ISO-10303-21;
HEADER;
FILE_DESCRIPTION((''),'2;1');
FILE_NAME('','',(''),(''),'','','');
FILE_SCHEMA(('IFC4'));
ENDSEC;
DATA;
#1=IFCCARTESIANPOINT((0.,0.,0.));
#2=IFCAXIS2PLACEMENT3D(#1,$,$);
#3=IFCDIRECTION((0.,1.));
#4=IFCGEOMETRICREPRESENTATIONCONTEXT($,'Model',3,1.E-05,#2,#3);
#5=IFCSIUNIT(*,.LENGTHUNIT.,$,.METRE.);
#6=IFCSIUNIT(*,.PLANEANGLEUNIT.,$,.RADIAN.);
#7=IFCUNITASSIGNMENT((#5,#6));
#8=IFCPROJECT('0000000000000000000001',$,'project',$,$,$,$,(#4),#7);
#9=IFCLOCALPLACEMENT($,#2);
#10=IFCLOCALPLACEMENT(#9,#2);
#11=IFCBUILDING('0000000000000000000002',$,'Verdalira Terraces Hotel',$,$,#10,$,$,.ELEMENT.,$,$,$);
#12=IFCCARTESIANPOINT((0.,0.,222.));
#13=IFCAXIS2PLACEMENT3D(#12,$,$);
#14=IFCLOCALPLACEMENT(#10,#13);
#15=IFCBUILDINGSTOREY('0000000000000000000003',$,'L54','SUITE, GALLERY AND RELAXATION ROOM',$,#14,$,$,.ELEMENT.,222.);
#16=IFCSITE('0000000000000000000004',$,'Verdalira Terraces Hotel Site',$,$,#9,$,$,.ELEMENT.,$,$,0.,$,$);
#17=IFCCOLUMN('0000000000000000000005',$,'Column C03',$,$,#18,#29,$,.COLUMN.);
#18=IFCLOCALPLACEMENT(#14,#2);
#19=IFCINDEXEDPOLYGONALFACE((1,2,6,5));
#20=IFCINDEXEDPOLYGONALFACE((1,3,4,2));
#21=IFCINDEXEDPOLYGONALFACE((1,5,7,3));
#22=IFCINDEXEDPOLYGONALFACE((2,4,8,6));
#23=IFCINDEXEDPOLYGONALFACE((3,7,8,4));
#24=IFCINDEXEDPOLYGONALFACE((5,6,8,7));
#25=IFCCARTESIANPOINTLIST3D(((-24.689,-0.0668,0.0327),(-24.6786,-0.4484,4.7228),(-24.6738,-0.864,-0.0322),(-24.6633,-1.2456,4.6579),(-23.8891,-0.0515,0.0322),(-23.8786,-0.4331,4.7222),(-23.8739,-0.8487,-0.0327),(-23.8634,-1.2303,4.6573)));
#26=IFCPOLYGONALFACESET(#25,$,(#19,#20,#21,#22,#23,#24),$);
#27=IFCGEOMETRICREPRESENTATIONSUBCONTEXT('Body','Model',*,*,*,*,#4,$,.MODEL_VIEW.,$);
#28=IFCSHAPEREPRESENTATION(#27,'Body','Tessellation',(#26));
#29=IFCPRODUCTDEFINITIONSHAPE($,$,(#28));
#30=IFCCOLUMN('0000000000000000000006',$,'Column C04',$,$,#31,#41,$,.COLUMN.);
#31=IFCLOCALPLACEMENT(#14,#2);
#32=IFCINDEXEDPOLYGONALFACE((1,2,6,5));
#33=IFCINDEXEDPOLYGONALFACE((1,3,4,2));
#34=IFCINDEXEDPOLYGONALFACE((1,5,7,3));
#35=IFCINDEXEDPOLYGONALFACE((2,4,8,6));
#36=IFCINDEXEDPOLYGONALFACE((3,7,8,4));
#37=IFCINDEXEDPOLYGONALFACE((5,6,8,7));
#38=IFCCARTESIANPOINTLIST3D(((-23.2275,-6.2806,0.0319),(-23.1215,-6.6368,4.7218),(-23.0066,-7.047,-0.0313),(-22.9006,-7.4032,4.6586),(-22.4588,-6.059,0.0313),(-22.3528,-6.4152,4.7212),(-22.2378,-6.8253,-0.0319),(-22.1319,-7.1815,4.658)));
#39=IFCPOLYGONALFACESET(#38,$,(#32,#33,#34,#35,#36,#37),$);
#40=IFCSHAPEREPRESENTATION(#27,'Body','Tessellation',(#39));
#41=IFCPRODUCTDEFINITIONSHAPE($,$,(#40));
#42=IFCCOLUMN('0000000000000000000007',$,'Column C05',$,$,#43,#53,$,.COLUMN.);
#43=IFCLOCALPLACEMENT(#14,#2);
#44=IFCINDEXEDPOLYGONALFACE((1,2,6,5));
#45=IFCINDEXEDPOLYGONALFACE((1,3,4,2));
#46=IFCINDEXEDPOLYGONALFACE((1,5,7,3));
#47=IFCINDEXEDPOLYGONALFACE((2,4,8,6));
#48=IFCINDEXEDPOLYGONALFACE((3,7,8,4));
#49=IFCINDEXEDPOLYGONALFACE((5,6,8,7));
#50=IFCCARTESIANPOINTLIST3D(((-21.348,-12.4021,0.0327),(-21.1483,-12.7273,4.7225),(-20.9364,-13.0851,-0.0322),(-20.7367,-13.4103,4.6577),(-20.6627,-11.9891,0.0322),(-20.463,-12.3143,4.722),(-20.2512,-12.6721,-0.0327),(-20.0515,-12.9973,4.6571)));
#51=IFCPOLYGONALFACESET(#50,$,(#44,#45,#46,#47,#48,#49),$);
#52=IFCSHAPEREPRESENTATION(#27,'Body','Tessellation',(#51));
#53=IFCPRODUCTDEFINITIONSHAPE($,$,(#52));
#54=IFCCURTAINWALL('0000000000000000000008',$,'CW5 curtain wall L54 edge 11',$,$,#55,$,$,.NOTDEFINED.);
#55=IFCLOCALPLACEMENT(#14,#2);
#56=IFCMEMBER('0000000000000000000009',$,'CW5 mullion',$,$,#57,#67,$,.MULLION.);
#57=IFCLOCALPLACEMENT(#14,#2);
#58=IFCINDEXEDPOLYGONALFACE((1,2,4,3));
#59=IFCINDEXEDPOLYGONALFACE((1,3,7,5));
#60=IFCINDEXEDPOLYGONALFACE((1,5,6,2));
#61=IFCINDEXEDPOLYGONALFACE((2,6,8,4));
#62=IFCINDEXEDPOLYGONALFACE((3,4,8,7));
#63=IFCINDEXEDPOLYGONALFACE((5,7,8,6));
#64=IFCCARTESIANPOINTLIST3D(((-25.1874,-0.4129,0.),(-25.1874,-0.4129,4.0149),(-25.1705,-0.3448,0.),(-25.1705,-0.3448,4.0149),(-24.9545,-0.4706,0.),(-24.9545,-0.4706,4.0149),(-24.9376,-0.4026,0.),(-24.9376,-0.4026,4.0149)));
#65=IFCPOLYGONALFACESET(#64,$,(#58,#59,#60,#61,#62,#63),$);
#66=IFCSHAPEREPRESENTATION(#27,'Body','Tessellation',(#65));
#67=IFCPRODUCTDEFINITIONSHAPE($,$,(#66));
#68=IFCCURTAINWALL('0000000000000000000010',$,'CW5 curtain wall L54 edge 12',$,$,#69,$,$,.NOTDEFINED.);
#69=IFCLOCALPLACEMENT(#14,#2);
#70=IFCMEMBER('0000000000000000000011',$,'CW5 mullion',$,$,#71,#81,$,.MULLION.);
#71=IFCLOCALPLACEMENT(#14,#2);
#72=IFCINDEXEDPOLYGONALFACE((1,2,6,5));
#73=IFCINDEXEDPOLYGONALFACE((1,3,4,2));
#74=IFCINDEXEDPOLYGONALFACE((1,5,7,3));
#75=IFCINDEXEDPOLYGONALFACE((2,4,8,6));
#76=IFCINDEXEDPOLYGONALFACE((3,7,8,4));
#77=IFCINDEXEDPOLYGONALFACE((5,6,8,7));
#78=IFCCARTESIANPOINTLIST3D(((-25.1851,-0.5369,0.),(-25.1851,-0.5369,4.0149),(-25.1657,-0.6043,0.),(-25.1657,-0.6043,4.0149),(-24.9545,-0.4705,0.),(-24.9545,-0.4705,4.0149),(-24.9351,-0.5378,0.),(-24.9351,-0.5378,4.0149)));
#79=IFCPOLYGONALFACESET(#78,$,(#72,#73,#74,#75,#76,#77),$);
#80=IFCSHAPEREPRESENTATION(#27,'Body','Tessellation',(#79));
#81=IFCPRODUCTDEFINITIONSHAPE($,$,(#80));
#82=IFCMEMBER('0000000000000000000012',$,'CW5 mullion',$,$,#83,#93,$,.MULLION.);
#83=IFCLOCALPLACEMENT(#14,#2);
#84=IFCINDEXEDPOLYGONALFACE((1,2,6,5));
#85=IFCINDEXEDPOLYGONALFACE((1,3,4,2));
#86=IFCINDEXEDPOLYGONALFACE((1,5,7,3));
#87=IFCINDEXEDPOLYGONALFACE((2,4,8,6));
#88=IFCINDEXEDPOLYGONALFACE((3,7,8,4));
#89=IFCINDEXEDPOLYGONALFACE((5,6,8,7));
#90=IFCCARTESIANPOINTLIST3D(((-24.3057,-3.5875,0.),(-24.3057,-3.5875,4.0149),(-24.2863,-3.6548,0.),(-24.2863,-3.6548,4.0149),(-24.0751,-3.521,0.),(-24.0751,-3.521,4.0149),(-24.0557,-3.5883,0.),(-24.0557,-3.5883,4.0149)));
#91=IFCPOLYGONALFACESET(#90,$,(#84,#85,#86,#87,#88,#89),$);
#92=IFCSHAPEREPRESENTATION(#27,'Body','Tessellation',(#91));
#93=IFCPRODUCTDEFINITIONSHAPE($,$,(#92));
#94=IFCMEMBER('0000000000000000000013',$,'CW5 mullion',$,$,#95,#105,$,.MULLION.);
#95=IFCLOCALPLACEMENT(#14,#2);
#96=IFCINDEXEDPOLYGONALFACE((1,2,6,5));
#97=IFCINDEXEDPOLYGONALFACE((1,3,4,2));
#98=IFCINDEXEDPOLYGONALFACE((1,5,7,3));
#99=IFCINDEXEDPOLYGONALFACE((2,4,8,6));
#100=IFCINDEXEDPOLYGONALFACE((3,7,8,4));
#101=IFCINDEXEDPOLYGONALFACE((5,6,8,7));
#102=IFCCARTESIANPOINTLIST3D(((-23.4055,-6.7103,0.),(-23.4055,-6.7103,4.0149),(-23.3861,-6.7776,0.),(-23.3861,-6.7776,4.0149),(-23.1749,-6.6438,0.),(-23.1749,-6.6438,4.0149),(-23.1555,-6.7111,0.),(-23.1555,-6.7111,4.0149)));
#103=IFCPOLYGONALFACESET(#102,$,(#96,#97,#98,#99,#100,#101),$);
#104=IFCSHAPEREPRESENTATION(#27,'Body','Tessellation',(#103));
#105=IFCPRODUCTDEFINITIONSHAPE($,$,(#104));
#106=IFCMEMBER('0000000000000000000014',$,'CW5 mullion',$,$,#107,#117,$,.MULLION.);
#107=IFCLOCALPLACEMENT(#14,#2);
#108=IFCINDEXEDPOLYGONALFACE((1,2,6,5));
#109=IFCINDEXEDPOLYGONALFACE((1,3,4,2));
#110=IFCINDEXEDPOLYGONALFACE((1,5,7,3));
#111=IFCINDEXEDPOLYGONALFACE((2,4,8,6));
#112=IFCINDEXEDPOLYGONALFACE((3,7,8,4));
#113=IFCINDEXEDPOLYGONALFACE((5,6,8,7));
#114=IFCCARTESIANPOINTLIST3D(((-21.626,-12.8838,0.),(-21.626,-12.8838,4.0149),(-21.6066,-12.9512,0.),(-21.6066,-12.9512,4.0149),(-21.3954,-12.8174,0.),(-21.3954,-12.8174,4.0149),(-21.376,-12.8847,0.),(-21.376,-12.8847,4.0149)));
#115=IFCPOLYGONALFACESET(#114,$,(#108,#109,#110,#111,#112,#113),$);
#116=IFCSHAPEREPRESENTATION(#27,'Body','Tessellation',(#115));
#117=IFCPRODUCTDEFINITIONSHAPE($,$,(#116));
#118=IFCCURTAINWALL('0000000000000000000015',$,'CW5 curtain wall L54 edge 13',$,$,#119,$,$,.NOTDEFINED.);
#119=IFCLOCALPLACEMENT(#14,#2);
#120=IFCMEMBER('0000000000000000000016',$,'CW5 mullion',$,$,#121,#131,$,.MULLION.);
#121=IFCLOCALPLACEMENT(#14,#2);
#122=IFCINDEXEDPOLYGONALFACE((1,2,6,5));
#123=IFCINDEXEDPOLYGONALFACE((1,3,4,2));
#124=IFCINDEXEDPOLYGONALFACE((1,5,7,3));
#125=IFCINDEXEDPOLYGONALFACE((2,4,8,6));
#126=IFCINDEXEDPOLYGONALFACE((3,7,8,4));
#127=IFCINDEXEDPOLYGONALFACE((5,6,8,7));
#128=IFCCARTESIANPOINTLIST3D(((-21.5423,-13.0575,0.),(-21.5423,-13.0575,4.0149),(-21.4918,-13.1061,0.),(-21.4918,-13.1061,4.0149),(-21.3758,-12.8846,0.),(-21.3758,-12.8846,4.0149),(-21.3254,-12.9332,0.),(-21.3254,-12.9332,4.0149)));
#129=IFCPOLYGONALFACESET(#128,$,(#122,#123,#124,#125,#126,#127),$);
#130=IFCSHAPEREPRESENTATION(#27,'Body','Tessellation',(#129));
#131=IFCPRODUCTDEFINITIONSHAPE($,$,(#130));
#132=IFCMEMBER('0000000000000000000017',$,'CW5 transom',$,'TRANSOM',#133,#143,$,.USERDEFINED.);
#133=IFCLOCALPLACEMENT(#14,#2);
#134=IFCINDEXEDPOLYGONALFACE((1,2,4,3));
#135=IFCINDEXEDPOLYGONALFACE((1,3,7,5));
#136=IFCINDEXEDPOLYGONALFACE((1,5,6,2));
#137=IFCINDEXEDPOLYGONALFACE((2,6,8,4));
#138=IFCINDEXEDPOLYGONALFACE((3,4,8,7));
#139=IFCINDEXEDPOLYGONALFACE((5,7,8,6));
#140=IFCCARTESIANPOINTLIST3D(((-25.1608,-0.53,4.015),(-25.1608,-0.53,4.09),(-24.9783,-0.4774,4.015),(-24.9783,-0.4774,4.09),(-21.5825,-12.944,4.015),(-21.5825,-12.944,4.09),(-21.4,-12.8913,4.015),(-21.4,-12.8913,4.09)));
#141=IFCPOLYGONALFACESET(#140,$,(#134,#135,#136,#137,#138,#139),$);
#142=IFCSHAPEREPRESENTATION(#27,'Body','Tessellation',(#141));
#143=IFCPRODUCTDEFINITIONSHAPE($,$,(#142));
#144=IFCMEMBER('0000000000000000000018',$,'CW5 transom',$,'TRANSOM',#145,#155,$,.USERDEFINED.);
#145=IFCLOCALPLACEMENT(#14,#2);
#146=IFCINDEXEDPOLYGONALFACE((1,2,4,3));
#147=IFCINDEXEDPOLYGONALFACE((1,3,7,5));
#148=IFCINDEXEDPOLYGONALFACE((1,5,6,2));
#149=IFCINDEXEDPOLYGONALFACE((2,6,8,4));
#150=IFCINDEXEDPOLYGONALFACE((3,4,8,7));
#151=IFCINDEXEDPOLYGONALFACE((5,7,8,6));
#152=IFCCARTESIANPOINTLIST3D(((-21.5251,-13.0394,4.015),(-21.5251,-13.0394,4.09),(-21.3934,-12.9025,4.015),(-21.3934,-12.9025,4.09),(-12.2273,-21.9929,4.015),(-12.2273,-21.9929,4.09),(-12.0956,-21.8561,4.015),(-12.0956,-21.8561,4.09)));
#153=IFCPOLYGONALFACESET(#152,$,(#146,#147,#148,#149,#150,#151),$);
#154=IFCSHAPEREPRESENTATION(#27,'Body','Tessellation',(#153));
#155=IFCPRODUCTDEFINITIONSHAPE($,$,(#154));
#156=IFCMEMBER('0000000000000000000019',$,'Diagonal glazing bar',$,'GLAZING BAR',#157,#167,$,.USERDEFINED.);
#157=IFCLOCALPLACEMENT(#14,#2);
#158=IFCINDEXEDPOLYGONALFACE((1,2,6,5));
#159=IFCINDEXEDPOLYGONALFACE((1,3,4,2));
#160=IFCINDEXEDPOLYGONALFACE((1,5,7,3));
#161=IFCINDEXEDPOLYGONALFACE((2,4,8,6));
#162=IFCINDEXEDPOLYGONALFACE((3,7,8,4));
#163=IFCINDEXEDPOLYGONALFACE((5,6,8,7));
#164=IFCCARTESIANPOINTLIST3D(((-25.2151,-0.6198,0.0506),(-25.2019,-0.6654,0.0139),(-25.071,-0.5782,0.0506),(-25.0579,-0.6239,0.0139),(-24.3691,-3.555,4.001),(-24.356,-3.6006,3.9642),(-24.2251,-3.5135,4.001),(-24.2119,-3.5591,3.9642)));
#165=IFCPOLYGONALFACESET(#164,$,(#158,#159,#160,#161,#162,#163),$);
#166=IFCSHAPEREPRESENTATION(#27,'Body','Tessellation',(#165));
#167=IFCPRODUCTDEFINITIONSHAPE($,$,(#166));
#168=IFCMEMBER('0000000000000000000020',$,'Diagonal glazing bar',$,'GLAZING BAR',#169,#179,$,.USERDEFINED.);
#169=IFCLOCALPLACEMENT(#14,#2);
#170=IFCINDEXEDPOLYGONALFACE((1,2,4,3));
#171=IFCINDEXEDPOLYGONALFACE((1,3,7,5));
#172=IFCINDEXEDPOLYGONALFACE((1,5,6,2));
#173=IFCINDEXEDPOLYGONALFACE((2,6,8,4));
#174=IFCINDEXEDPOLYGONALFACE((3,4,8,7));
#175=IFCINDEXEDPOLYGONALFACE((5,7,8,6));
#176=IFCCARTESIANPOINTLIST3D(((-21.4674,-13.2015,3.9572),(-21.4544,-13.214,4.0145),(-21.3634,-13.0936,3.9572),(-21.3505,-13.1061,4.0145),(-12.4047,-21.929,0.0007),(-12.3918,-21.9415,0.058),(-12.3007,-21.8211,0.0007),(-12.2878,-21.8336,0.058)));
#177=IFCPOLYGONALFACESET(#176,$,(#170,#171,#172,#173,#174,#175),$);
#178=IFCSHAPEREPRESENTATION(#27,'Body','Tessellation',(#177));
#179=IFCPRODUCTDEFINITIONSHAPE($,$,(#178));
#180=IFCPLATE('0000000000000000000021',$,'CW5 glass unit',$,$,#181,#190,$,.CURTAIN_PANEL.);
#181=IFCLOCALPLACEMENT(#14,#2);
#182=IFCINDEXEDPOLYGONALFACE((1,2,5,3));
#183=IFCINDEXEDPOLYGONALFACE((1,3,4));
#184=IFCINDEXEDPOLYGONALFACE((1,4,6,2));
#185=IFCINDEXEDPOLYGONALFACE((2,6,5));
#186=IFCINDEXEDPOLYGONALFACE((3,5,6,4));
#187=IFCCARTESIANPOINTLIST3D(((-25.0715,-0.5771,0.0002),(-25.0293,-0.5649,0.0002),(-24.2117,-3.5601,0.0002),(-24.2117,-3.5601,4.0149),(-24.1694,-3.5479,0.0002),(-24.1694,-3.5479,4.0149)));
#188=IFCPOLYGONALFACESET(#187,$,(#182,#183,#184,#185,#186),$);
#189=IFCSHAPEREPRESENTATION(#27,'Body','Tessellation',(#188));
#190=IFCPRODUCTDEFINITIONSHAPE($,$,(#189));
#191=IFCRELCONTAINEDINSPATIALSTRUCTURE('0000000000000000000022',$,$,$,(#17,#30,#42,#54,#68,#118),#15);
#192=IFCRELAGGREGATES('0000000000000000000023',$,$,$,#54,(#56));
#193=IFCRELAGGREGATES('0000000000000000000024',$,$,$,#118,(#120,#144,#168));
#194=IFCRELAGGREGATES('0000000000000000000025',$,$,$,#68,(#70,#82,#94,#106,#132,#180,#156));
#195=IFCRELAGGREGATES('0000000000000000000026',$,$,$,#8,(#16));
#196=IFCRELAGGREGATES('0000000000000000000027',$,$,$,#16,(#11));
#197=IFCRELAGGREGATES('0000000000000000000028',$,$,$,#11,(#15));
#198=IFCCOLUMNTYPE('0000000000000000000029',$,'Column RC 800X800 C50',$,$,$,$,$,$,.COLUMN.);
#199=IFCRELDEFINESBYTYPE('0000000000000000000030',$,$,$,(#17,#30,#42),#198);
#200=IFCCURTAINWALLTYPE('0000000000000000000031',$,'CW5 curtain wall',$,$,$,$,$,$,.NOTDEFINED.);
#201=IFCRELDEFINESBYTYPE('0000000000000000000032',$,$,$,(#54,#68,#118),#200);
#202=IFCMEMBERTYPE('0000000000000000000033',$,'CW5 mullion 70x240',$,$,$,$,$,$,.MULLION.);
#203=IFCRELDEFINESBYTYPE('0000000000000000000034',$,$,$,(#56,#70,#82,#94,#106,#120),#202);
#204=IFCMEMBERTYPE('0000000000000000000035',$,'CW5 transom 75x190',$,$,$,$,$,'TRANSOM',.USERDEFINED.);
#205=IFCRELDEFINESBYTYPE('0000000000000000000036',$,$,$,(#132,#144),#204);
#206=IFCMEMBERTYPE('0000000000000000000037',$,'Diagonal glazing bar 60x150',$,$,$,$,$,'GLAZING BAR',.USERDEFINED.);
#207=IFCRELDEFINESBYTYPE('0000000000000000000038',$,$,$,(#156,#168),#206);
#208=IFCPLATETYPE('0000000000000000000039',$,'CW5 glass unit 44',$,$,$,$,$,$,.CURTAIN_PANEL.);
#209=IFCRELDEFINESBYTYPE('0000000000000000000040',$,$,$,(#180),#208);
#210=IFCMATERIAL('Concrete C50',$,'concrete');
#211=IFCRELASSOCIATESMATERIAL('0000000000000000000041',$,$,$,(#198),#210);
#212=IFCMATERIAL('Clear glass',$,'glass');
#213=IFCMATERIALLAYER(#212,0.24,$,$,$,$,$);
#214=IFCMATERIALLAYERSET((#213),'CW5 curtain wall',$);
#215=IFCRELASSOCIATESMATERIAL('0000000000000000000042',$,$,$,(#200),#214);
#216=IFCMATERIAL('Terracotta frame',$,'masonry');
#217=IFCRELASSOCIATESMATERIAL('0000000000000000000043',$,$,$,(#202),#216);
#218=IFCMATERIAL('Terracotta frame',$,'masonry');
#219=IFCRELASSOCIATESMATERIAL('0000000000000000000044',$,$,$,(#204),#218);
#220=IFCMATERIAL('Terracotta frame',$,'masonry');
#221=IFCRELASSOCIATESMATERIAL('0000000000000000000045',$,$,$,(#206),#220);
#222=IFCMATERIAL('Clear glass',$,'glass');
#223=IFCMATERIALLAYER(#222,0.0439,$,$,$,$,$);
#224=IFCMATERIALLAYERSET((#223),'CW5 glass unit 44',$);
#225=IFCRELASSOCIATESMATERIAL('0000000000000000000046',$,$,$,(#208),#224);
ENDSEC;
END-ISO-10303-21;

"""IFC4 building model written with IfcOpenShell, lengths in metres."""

from ifc_helpers import new_model, si_unit, direction, frame, origin, origin_2d, place, context, subcontext, project, spatial, polyline, rectangle, outline, extrude, material, layer, layer_set, material_profile, profile_set, type_object, element, aggregate, save


model = new_model("IFC4")

# Units and contexts
model_context = context("Model", 3, precision=1e-05, world=origin(), true_north=direction((0.0, 1.0)))
body_context = subcontext(model_context, "Body", "Model", "MODEL_VIEW")
ifc_project = project(units=[si_unit("LENGTHUNIT", "METRE"), si_unit("PLANEANGLEUNIT", "RADIAN")], contexts=[model_context])

# Site, building, storey
site_placement = place(None, origin())
site = spatial("IfcSite", under=ifc_project, at=site_placement, Name="Verdalira Terraces Hotel Site", CompositionType="ELEMENT", RefElevation=0.0)
building_placement = place(site_placement, origin())
building = spatial("IfcBuilding", under=site, at=building_placement, Name="Verdalira Terraces Hotel", CompositionType="ELEMENT")
storey_placement = place(building_placement, frame((0.0, 0.0, 222.0)))
storey = spatial("IfcBuildingStorey", under=building, at=storey_placement, Name="L54", Description="SUITE, GALLERY AND RELAXATION ROOM", CompositionType="ELEMENT", Elevation=222.0)

# Columns
ifc_material_1 = material(Name="Concrete C50", Category="concrete")
ifc_material_profile_1 = material_profile(ifc_material_1, rectangle(XDim=0.8, YDim=0.8, at=origin_2d()), Name="RC 800X800")
ifc_profile_set_1 = profile_set([ifc_material_profile_1], Name="Concrete C50")
column_type = type_object("IfcColumnType", Name="Column RC 800X800 C50", PredefinedType="COLUMN", material=ifc_profile_set_1)
column_1_placement = place(storey_placement, frame((-24.2815, -0.4578, 0.0), z_axis=(0.002231, -0.081096, 0.996704), x_axis=(-0.019007, 0.996523, 0.081124)))
element("IfcColumn", 1, at=column_1_placement, inside=storey, type_object=column_type, Name="Column C03", PredefinedType="COLUMN", context=body_context, shape_type="SweptSolid", body=[
    extrude(rectangle(XDim=0.8, YDim=0.8, at=origin_2d()), origin(), (0.0, 0.0, 1.0), 4.7056),
])
column_2_placement = place(storey_placement, frame((-22.7327, -6.553, 0.0), z_axis=(0.022522, -0.075713, 0.996875), x_axis=(0.276161, -0.95786, -0.078989)))
element("IfcColumn", 2, at=column_2_placement, inside=storey, type_object=column_type, Name="Column C04", PredefinedType="COLUMN", context=body_context, shape_type="SweptSolid", body=[
    extrude(rectangle(XDim=0.8, YDim=0.8, at=origin_2d()), origin(), (0.0, 0.0, 1.0), 4.7046),
])
column_3_placement = place(storey_placement, frame((-20.7996, -12.5371, 0.0), z_axis=(0.042442, -0.06911, 0.996706), x_axis=(-0.514407, 0.853703, 0.081099)))
element("IfcColumn", 3, at=column_3_placement, inside=storey, type_object=column_type, Name="Column C05", PredefinedType="COLUMN", context=body_context, shape_type="SweptSolid", body=[
    extrude(rectangle(XDim=0.8, YDim=0.8, at=origin_2d()), origin(), (0.0, 0.0, 1.0), 4.7053),
])

# Curtain wall, member
ifc_material_2 = material(Name="Clear glass", Category="glass")
ifc_layer_1 = layer(ifc_material_2, 0.24)
ifc_layer_set_1 = layer_set([ifc_layer_1], Name="CW5 curtain wall")
curtain_wall_type = type_object("IfcCurtainWallType", Name="CW5 curtain wall", PredefinedType="NOTDEFINED", material=ifc_layer_set_1)
curtain_wall_1_placement = place(storey_placement, origin())
curtain_wall_1 = element("IfcCurtainWall", 4, at=curtain_wall_1_placement, inside=storey, type_object=curtain_wall_type, Name="CW5 curtain wall L54 edge 11", PredefinedType="NOTDEFINED")
ifc_material_3 = material(Name="Terracotta frame", Category="masonry")
ifc_material_profile_2 = material_profile(ifc_material_3, rectangle(XDim=0.0701, YDim=0.24, at=origin_2d()), Name="MU 70x240")
ifc_profile_set_2 = profile_set([ifc_material_profile_2], Name="Terracotta frame")
member_type_1 = type_object("IfcMemberType", Name="CW5 mullion 70x240", PredefinedType="MULLION", material=ifc_profile_set_2)
member_1_placement = place(storey_placement, frame((-25.0625, -0.4077, 0.0), z_axis=(0.0, 0.0, 1.0), x_axis=(-0.240567, -0.970633, 0.0)))
member_1 = element("IfcMember", 5, at=member_1_placement, type_object=member_type_1, Name="CW5 mullion", PredefinedType="MULLION", context=body_context, shape_type="SweptSolid", body=[
    extrude(rectangle(XDim=0.0701, YDim=0.24, at=origin_2d()), origin(), (0.0, 0.0, 1.0), 4.0149),
])
aggregate(curtain_wall_1, [member_1])

# Curtain wall, members
curtain_wall_2_placement = place(storey_placement, origin())
curtain_wall_2 = element("IfcCurtainWall", 6, at=curtain_wall_2_placement, inside=storey, type_object=curtain_wall_type, Name="CW5 curtain wall L54 edge 12", PredefinedType="NOTDEFINED")
member_2_placement = place(storey_placement, frame((-25.0601, -0.5374, 0.0), z_axis=(0.0, 0.0, 1.0), x_axis=(0.276979, -0.960876, 0.0)))
member_2 = element("IfcMember", 7, at=member_2_placement, type_object=member_type_1, Name="CW5 mullion", PredefinedType="MULLION", context=body_context, shape_type="SweptSolid", body=[
    extrude(rectangle(XDim=0.0701, YDim=0.24, at=origin_2d()), origin(), (0.0, 0.0, 1.0), 4.0149),
])
member_3_placement = place(storey_placement, frame((-24.1807, -3.5879, 0.0), z_axis=(0.0, 0.0, 1.0), x_axis=(0.276979, -0.960876, 0.0)))
member_3 = element("IfcMember", 8, at=member_3_placement, type_object=member_type_1, Name="CW5 mullion", PredefinedType="MULLION", context=body_context, shape_type="SweptSolid", body=[
    extrude(rectangle(XDim=0.0701, YDim=0.24, at=origin_2d()), origin(), (0.0, 0.0, 1.0), 4.0149),
])
member_4_placement = place(storey_placement, frame((-23.2805, -6.7107, 0.0), z_axis=(0.0, 0.0, 1.0), x_axis=(0.276979, -0.960876, 0.0)))
member_4 = element("IfcMember", 9, at=member_4_placement, type_object=member_type_1, Name="CW5 mullion", PredefinedType="MULLION", context=body_context, shape_type="SweptSolid", body=[
    extrude(rectangle(XDim=0.0701, YDim=0.24, at=origin_2d()), origin(), (0.0, 0.0, 1.0), 4.0149),
])
member_5_placement = place(storey_placement, frame((-21.501, -12.8843, 0.0), z_axis=(0.0, 0.0, 1.0), x_axis=(0.276979, -0.960876, 0.0)))
member_5 = element("IfcMember", 10, at=member_5_placement, type_object=member_type_1, Name="CW5 mullion", PredefinedType="MULLION", context=body_context, shape_type="SweptSolid", body=[
    extrude(rectangle(XDim=0.0701, YDim=0.24, at=origin_2d()), origin(), (0.0, 0.0, 1.0), 4.0149),
])

# Curtain wall, member
curtain_wall_3_placement = place(storey_placement, origin())
curtain_wall_3 = element("IfcCurtainWall", 11, at=curtain_wall_3_placement, inside=storey, type_object=curtain_wall_type, Name="CW5 curtain wall L54 edge 13", PredefinedType="NOTDEFINED")
member_6_placement = place(storey_placement, frame((-21.4338, -12.9954, 0.0), z_axis=(0.0, 0.0, 1.0), x_axis=(0.720309, -0.693653, 0.0)))
member_6 = element("IfcMember", 12, at=member_6_placement, type_object=member_type_1, Name="CW5 mullion", PredefinedType="MULLION", context=body_context, shape_type="SweptSolid", body=[
    extrude(rectangle(XDim=0.0701, YDim=0.24, at=origin_2d()), origin(), (0.0, 0.0, 1.0), 4.0149),
])

# Members
ifc_material_4 = material(Name="Terracotta frame", Category="masonry")
ifc_material_profile_3 = material_profile(ifc_material_4, rectangle(XDim=0.1899, YDim=0.075, at=origin_2d()), Name="TR 75x190")
ifc_profile_set_3 = profile_set([ifc_material_profile_3], Name="Terracotta frame")
member_type_2 = type_object("IfcMemberType", Name="CW5 transom 75x190", ElementType="TRANSOM", PredefinedType="USERDEFINED", material=ifc_profile_set_3)
member_7_placement = place(storey_placement, frame((-25.0696, -0.5037, 4.0525), z_axis=(0.276974, -0.960877, 0.0), x_axis=(0.960877, 0.276974, 0.0)))
member_7 = element("IfcMember", 13, at=member_7_placement, type_object=member_type_2, Name="CW5 transom", ObjectType="TRANSOM", PredefinedType="USERDEFINED", context=body_context, shape_type="SweptSolid", body=[
    extrude(rectangle(XDim=0.1899, YDim=0.075, at=origin_2d()), origin(), (0.0, 0.0, 1.0), 12.9194),
])
member_8_placement = place(storey_placement, frame((-21.4592, -12.9709, 4.0525), z_axis=(0.720315, -0.693647, 0.0), x_axis=(0.693647, 0.720315, 0.0)))
member_8 = element("IfcMember", 14, at=member_8_placement, type_object=member_type_2, Name="CW5 transom", ObjectType="TRANSOM", PredefinedType="USERDEFINED", context=body_context, shape_type="SweptSolid", body=[
    extrude(rectangle(XDim=0.1899, YDim=0.075, at=origin_2d()), origin(), (0.0, 0.0, 1.0), 12.908),
])
ifc_material_5 = material(Name="Terracotta frame", Category="masonry")
ifc_material_profile_4 = material_profile(ifc_material_5, rectangle(XDim=0.1499, YDim=0.0601, at=origin_2d()), Name="GB 60x150")
ifc_profile_set_4 = profile_set([ifc_material_profile_4], Name="Terracotta frame")
member_type_3 = type_object("IfcMemberType", Name="Diagonal glazing bar 60x150", ElementType="GLAZING BAR", PredefinedType="USERDEFINED", material=ifc_profile_set_4)
member_9_placement = place(storey_placement, frame((-25.1365, -0.6218, 0.0322), z_axis=(0.169401, -0.587795, 0.791076), x_axis=(0.960891, 0.276927, 0.0)))
member_9 = element("IfcMember", 15, at=member_9_placement, type_object=member_type_3, Name="Diagonal glazing bar", ObjectType="GLAZING BAR", PredefinedType="USERDEFINED", context=body_context, shape_type="SweptSolid", body=[
    extrude(rectangle(XDim=0.1499, YDim=0.0601, at=origin_2d()), origin(), (0.0, 0.0, 1.0), 4.9937),
])
member_10_placement = place(storey_placement, frame((-21.4089, -13.1538, 3.9858), z_axis=(0.687129, -0.661714, -0.299981), x_axis=(0.69366, 0.720302, 0.0)))
member_10 = element("IfcMember", 16, at=member_10_placement, type_object=member_type_3, Name="Diagonal glazing bar", ObjectType="GLAZING BAR", PredefinedType="USERDEFINED", context=body_context, shape_type="SweptSolid", body=[
    extrude(rectangle(XDim=0.1499, YDim=0.0601, at=origin_2d()), origin(), (0.0, 0.0, 1.0), 13.1892),
])
aggregate(curtain_wall_3, [member_6, member_8, member_10])

# Plate
ifc_material_6 = material(Name="Clear glass", Category="glass")
ifc_layer_2 = layer(ifc_material_6, 0.0439)
ifc_layer_set_2 = layer_set([ifc_layer_2], Name="CW5 glass unit 44")
plate_type = type_object("IfcPlateType", Name="CW5 glass unit 44", PredefinedType="CURTAIN_PANEL", material=ifc_layer_set_2)
plate_1_placement = place(storey_placement, frame((-24.5994, -2.0564, 2.0076), z_axis=(-0.960876, -0.276979, 0.0), x_axis=(0.276979, -0.960876, 0.0)))
plate_1 = element("IfcPlate", 17, at=plate_1_placement, type_object=plate_type, Name="CW5 glass unit", PredefinedType="CURTAIN_PANEL", context=body_context, shape_type="SweptSolid", body=[
    extrude(outline(polyline([(-1.5522, -2.0073), (1.5522, -2.0073), (1.5522, 2.0073), (-1.5522, -2.0073)])), origin(), (0.0, 0.0, 1.0), 0.0439),
])
aggregate(curtain_wall_2, [member_2, member_3, member_4, member_5, member_7, plate_1, member_9])

save(model, "model.ifc")
